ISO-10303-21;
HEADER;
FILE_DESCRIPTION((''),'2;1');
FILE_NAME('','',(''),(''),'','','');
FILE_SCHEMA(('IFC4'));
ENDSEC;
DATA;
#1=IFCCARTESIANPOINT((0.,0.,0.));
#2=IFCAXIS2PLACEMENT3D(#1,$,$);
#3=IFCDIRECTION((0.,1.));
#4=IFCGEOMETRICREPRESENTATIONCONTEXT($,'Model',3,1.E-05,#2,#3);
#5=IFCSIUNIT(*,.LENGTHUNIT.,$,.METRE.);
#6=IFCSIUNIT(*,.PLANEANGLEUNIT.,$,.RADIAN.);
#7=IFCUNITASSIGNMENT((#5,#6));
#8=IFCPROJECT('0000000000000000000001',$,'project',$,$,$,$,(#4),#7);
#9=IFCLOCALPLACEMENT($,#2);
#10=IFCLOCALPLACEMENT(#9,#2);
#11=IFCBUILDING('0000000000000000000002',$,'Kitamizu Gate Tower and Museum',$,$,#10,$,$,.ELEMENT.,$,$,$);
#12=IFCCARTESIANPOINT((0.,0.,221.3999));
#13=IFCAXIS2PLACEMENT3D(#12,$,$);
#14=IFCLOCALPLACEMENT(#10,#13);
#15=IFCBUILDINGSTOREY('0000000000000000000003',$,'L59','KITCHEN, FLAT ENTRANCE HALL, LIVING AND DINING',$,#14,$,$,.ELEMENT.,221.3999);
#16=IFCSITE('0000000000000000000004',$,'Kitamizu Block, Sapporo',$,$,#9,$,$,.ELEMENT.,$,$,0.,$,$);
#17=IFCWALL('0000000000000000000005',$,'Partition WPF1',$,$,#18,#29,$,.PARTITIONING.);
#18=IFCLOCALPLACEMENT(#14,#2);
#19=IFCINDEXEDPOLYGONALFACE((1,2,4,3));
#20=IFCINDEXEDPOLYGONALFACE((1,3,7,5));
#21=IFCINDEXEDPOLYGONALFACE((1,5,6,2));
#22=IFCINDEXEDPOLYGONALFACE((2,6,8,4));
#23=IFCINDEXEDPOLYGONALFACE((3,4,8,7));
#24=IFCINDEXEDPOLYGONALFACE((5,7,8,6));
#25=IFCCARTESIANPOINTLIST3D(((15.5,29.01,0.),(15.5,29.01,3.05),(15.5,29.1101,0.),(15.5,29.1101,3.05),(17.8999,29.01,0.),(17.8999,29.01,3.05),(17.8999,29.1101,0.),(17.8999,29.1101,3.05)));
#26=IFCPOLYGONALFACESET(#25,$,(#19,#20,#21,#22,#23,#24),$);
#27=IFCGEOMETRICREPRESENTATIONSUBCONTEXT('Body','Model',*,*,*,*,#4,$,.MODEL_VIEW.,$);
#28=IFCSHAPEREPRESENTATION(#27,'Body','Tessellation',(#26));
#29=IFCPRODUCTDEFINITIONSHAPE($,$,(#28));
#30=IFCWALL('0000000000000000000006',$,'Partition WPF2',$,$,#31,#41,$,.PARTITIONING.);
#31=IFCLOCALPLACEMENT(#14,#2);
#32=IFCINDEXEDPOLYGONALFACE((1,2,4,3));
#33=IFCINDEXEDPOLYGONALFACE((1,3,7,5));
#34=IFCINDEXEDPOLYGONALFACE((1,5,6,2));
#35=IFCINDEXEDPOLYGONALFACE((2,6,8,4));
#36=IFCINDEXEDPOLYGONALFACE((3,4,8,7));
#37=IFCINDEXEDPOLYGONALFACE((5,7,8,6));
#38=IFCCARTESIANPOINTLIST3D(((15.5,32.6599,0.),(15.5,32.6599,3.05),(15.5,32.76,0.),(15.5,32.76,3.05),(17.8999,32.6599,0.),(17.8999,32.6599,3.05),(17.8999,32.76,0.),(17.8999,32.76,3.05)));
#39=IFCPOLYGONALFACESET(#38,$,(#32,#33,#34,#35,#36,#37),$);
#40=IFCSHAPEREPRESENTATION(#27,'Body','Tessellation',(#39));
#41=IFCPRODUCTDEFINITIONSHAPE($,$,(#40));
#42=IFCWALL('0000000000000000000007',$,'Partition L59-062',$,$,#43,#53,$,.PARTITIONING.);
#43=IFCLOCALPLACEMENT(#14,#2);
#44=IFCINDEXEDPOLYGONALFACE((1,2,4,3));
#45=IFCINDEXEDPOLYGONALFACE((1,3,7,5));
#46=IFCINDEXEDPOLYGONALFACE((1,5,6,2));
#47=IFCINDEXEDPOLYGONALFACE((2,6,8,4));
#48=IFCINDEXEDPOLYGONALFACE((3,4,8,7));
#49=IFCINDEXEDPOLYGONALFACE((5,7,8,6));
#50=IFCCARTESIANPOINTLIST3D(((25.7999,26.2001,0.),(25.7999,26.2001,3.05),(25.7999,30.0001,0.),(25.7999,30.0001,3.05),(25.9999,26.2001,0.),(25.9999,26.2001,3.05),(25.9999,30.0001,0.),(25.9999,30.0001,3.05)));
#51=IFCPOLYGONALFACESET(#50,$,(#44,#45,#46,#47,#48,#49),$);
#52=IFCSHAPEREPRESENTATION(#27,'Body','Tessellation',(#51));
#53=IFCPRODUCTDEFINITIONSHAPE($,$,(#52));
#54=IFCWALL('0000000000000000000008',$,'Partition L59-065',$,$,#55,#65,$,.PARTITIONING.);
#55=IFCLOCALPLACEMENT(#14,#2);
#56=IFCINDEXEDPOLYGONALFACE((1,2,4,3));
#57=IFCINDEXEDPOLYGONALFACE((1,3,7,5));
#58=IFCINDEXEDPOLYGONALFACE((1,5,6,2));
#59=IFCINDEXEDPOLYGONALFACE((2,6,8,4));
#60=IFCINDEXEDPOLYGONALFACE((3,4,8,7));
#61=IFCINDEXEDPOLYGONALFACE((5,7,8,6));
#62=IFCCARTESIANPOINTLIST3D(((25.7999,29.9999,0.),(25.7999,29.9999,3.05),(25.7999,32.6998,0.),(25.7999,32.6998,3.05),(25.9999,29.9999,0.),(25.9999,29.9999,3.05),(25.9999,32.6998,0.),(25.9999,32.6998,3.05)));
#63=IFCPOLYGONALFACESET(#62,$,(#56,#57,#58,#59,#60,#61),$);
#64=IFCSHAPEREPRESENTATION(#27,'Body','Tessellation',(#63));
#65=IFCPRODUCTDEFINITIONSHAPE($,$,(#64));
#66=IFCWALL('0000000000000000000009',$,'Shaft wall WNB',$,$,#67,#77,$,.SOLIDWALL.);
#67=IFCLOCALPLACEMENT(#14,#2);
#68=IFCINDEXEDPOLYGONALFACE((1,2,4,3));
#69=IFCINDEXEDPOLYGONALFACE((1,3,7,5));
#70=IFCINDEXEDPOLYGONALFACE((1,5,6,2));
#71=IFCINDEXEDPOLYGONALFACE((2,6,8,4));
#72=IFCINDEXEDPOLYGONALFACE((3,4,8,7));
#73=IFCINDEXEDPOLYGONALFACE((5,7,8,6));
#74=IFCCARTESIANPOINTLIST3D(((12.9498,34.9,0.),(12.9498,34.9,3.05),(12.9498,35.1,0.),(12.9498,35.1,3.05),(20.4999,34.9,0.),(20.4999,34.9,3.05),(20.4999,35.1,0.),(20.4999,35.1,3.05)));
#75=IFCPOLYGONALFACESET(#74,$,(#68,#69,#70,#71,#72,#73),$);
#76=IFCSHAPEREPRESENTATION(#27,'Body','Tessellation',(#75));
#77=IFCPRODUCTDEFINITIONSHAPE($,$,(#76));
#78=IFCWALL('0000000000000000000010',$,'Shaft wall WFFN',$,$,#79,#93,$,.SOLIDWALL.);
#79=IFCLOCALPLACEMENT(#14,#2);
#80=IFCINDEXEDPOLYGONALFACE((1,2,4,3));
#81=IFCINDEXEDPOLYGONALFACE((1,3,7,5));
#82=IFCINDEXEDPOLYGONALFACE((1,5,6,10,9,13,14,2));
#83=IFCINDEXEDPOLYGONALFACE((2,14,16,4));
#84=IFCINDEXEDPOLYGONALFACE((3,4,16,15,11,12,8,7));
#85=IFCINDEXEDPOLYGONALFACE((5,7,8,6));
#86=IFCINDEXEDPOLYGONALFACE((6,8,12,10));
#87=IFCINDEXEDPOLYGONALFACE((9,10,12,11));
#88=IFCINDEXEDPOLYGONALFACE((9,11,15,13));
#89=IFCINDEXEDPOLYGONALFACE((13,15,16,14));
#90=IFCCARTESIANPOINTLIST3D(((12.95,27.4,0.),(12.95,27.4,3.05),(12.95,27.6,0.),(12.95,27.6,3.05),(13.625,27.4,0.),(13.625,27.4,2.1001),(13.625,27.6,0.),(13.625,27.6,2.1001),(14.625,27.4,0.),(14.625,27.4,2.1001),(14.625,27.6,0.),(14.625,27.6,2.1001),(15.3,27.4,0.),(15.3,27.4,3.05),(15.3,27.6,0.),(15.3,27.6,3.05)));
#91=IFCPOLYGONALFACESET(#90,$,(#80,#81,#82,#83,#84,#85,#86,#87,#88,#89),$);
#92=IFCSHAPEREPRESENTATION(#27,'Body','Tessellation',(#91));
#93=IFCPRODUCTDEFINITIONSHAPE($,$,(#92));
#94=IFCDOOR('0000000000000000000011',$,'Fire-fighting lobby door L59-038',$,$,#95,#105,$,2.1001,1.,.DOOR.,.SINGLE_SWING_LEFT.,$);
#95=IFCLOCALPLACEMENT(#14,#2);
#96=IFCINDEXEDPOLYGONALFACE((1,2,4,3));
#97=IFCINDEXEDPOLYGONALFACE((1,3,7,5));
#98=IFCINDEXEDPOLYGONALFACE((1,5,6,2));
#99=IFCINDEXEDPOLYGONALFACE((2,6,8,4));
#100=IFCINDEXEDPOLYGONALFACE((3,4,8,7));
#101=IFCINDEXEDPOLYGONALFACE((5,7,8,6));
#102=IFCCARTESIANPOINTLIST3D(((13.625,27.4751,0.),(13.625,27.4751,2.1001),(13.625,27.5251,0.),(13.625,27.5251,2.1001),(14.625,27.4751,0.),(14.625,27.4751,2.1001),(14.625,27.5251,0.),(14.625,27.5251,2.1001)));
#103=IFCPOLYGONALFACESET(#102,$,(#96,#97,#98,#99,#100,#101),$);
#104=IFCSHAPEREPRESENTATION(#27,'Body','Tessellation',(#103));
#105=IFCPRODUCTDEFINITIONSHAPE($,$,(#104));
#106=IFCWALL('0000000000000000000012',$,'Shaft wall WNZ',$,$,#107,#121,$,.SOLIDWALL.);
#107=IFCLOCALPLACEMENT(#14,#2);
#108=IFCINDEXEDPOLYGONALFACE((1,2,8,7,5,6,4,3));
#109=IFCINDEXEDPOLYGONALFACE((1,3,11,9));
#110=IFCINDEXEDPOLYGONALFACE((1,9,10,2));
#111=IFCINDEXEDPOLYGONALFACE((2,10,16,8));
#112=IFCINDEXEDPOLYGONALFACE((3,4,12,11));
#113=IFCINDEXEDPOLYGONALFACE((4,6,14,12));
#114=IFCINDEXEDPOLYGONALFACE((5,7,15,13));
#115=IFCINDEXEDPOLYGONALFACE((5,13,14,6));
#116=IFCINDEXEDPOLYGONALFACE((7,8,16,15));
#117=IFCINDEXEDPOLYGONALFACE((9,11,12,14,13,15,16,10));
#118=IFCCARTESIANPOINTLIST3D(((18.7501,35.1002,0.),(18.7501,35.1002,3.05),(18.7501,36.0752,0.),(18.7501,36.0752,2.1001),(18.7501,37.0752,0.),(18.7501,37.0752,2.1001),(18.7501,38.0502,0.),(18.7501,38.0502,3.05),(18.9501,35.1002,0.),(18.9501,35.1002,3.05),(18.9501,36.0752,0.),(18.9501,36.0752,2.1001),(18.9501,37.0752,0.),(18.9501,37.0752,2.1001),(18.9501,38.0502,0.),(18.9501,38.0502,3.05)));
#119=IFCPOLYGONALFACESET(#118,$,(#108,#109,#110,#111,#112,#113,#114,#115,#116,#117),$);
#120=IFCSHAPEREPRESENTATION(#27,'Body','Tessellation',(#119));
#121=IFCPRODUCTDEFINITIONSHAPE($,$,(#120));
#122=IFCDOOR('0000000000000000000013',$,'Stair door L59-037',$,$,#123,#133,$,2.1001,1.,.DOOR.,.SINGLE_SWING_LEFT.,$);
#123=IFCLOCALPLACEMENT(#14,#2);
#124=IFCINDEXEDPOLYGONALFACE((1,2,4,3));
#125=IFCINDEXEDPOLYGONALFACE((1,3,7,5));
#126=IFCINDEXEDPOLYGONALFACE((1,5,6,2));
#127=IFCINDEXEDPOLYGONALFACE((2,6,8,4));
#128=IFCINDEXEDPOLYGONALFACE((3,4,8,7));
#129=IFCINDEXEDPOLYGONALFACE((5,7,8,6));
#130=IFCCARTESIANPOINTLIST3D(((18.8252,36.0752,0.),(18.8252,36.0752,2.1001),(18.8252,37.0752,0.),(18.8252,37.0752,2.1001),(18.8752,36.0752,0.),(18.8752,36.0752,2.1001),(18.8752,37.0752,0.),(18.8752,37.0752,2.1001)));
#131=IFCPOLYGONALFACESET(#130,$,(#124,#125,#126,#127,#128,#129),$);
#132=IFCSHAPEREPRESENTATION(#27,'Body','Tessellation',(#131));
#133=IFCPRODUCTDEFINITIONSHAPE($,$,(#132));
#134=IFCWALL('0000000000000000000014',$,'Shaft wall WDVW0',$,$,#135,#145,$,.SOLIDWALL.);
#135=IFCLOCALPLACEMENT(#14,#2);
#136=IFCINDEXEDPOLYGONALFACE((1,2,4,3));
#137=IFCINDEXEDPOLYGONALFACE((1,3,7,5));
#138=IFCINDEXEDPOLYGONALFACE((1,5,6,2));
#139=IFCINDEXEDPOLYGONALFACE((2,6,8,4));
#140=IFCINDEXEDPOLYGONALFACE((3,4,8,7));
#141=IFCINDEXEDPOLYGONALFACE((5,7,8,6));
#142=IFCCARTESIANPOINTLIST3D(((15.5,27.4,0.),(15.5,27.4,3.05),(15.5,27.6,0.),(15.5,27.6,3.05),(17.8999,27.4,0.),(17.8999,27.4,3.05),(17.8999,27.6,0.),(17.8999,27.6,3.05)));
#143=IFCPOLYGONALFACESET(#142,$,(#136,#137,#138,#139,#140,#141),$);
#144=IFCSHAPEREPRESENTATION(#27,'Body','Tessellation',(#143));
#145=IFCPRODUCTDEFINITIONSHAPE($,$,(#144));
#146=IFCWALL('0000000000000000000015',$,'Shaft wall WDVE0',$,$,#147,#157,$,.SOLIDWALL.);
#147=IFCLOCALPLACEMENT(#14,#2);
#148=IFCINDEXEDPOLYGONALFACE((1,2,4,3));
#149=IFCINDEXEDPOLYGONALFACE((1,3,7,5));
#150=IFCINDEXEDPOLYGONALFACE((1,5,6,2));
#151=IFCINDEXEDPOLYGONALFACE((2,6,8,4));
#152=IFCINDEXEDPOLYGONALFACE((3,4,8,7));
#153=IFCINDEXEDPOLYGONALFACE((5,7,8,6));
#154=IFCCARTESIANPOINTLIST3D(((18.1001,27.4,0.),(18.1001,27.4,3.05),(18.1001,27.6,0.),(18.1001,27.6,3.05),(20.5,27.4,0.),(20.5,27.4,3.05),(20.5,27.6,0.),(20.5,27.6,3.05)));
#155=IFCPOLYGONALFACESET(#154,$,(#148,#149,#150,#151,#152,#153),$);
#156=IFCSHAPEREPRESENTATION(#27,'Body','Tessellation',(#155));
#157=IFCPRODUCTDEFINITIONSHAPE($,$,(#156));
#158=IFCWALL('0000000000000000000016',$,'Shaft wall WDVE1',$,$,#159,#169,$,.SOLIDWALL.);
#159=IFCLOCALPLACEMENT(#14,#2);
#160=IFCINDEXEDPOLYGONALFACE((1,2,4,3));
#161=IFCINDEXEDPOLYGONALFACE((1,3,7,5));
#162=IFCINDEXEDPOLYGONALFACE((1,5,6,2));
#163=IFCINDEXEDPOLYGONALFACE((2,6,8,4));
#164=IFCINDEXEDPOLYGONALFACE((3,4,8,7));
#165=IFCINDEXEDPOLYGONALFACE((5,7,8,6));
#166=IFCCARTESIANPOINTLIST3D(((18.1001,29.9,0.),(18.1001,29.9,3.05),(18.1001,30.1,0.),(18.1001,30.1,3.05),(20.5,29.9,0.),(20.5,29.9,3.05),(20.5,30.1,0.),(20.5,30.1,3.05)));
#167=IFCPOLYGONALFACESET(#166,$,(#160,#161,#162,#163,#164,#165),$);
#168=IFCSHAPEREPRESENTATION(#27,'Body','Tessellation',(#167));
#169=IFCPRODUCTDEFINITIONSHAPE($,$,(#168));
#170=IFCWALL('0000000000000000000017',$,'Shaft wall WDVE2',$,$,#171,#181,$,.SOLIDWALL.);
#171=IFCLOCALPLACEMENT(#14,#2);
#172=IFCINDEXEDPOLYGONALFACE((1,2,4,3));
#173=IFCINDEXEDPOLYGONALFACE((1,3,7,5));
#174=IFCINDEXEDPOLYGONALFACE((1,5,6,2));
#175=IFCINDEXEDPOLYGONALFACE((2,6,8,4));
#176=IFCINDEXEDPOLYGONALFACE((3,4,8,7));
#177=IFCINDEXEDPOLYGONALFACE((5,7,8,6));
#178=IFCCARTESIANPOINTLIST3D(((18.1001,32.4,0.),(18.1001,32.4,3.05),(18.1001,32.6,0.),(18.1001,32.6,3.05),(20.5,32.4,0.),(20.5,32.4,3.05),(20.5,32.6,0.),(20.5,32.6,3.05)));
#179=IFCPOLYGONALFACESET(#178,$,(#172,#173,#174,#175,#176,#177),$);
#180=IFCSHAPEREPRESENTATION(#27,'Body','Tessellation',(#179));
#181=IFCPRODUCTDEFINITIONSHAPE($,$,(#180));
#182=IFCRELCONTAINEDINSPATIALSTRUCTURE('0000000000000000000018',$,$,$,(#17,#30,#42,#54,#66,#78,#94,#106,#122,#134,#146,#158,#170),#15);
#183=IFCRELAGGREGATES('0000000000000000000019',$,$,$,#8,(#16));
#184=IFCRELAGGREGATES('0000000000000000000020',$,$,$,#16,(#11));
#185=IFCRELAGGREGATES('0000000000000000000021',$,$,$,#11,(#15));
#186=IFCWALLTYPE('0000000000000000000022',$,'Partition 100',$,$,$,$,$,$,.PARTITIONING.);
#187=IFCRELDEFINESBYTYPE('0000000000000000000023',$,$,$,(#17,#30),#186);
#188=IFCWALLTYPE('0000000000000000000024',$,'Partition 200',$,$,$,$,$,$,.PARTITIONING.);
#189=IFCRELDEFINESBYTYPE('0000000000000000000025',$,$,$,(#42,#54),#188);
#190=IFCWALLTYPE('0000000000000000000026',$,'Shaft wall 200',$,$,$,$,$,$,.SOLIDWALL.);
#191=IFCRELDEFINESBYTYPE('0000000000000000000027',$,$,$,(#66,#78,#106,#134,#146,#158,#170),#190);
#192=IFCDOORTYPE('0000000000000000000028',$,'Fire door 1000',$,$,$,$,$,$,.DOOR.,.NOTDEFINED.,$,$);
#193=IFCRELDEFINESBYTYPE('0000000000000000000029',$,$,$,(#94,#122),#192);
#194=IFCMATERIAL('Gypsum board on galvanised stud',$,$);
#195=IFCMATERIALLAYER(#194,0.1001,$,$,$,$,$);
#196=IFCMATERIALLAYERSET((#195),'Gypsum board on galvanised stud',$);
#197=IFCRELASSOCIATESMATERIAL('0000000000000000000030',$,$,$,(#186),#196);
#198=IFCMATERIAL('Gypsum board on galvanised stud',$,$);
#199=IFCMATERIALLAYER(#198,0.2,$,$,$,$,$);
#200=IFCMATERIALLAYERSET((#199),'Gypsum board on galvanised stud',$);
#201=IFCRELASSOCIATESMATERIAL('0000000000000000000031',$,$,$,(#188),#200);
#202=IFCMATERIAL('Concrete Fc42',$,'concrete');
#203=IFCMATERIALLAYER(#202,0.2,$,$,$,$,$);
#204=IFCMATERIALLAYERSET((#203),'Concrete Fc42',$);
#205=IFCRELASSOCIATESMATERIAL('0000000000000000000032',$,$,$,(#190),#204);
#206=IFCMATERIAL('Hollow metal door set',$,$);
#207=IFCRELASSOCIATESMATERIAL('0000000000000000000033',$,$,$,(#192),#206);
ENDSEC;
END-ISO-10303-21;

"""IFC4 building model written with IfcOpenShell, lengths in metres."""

from ifc_helpers import new_model, si_unit, direction, frame, frame_2d, origin, place, context, subcontext, project, spatial, rectangle, extrude, material, layer, layer_set, type_object, element, fill, save


model = new_model("IFC4")

# Units and contexts
model_context = context("Model", 3, precision=1e-05, world=origin(), true_north=direction((0.0, 1.0)))
body_context = subcontext(model_context, "Body", "Model", "MODEL_VIEW")
ifc_project = project(units=[si_unit("LENGTHUNIT", "METRE"), si_unit("PLANEANGLEUNIT", "RADIAN")], contexts=[model_context])

# Site, building, storey
site_placement = place(None, origin())
site = spatial("IfcSite", under=ifc_project, at=site_placement, Name="Kitamizu Block, Sapporo", CompositionType="ELEMENT", RefElevation=0.0)
building_placement = place(site_placement, origin())
building = spatial("IfcBuilding", under=site, at=building_placement, Name="Kitamizu Gate Tower and Museum", CompositionType="ELEMENT")
storey_placement = place(building_placement, frame((0.0, 0.0, 221.3999)))
storey = spatial("IfcBuildingStorey", under=building, at=storey_placement, Name="L59", Description="KITCHEN, FLAT ENTRANCE HALL, LIVING AND DINING", CompositionType="ELEMENT", Elevation=221.3999)

# Walls
ifc_material_1 = material(Name="Gypsum board on galvanised stud")
ifc_layer_1 = layer(ifc_material_1, 0.1001)
ifc_layer_set_1 = layer_set([ifc_layer_1], Name="Gypsum board on galvanised stud")
wall_type_1 = type_object("IfcWallType", Name="Partition 100", PredefinedType="PARTITIONING", material=ifc_layer_set_1)
for number, where, z_axis, x_axis, name in (
    (1, (15.5, 29.0601, 0.0), (0.0, 0.0, 1.0), (1.0, 0.0, 0.0), "Partition WPF1"),
    (2, (15.5, 32.71, 0.0), (0.0, 0.0, 1.0), (1.0, 0.0, 0.0), "Partition WPF2"),
):
    element("IfcWall", number, at=place(storey_placement, frame(where, z_axis=z_axis, x_axis=x_axis)), inside=storey, type_object=wall_type_1, Name=name, PredefinedType="PARTITIONING", context=body_context, shape_type="SweptSolid", body=[
        extrude(rectangle(XDim=2.3999, YDim=0.1001, at=frame_2d((1.2, 0.0))), origin(), (0.0, 0.0, 1.0), 3.05),
    ])
ifc_material_2 = material(Name="Gypsum board on galvanised stud")
ifc_layer_2 = layer(ifc_material_2, 0.2)
ifc_layer_set_2 = layer_set([ifc_layer_2], Name="Gypsum board on galvanised stud")
wall_type_2 = type_object("IfcWallType", Name="Partition 200", PredefinedType="PARTITIONING", material=ifc_layer_set_2)
wall_1_placement = place(storey_placement, frame((25.8999, 30.0, 0.0), z_axis=(0.0, 0.0, 1.0), x_axis=(0.0, -1.0, 0.0)))
element("IfcWall", 3, at=wall_1_placement, inside=storey, type_object=wall_type_2, Name="Partition L59-062", PredefinedType="PARTITIONING", context=body_context, shape_type="SweptSolid", body=[
    extrude(rectangle(XDim=3.8, YDim=0.2, at=frame_2d((1.8999, 0.0))), origin(), (0.0, 0.0, 1.0), 3.05),
])
wall_2_placement = place(storey_placement, frame((25.8999, 32.7, 0.0), z_axis=(0.0, 0.0, 1.0), x_axis=(0.0, -1.0, 0.0)))
element("IfcWall", 4, at=wall_2_placement, inside=storey, type_object=wall_type_2, Name="Partition L59-065", PredefinedType="PARTITIONING", context=body_context, shape_type="SweptSolid", body=[
    extrude(rectangle(XDim=2.7, YDim=0.2, at=frame_2d((1.3501, 0.0))), origin(), (0.0, 0.0, 1.0), 3.05),
])
ifc_material_3 = material(Name="Concrete Fc42", Category="concrete")
ifc_layer_3 = layer(ifc_material_3, 0.2)
ifc_layer_set_3 = layer_set([ifc_layer_3], Name="Concrete Fc42")
wall_type_3 = type_object("IfcWallType", Name="Shaft wall 200", PredefinedType="SOLIDWALL", material=ifc_layer_set_3)
wall_3_placement = place(storey_placement, frame((12.95, 35.0, 0.0), z_axis=(0.0, 0.0, 1.0), x_axis=(1.0, 0.0, 0.0)))
element("IfcWall", 5, at=wall_3_placement, inside=storey, type_object=wall_type_3, Name="Shaft wall WNB", PredefinedType="SOLIDWALL", context=body_context, shape_type="SweptSolid", body=[
    extrude(rectangle(XDim=7.55, YDim=0.2, at=frame_2d((3.7749, 0.0))), origin(), (0.0, 0.0, 1.0), 3.05),
])

# Walls, openings, doors
wall_4_placement = place(storey_placement, frame((12.95, 27.5, 0.0), z_axis=(0.0, 0.0, 1.0), x_axis=(1.0, 0.0, 0.0)))
wall_4 = element("IfcWall", 6, at=wall_4_placement, inside=storey, type_object=wall_type_3, Name="Shaft wall WFFN", PredefinedType="SOLIDWALL", context=body_context, shape_type="SweptSolid", body=[
    extrude(rectangle(XDim=2.3501, YDim=0.2, at=frame_2d((1.175, 0.0))), origin(), (0.0, 0.0, 1.0), 3.05),
])
opening_1_placement = place(wall_4_placement, frame((0.675, 0.0, 0.0)))
opening_1 = element("IfcOpeningElement", 7, at=opening_1_placement, cuts=wall_4, PredefinedType="OPENING", context=body_context, shape_type="SweptSolid", body=[
    extrude(rectangle(XDim=1.0, YDim=2.1001, at=frame_2d((0.5, 1.05))), frame((0.0, 0.1099, 0.0), z_axis=(0.0, -1.0, 0.0), x_axis=(1.0, 0.0, 0.0)), (0.0, 0.0, 1.0), 0.22),
])
ifc_material_4 = material(Name="Hollow metal door set")
door_type = type_object("IfcDoorType", Name="Fire door 1000", OperationType="NOTDEFINED", PredefinedType="DOOR", material=ifc_material_4)
door_1_placement = place(opening_1_placement, frame((1.0, 0.0, 0.0), x_axis=(-1.0, 0.0, 0.0)))
door_1 = element("IfcDoor", 8, at=door_1_placement, inside=storey, type_object=door_type, Name="Fire-fighting lobby door L59-038", OperationType="SINGLE_SWING_LEFT", OverallHeight=2.1001, OverallWidth=1.0, PredefinedType="DOOR", context=body_context, shape_type="SweptSolid", body=[
    extrude(rectangle(XDim=1.0, YDim=2.1001, at=frame_2d((0.5, 1.05))), frame((0.0, 0.0249, 0.0), z_axis=(0.0, -1.0, 0.0), x_axis=(1.0, 0.0, 0.0)), (0.0, 0.0, 1.0), 0.05),
])
fill(opening_1, door_1)
wall_5_placement = place(storey_placement, frame((18.8501, 35.1001, 0.0), z_axis=(0.0, 0.0, 1.0), x_axis=(0.0, 1.0, 0.0)))
wall_5 = element("IfcWall", 9, at=wall_5_placement, inside=storey, type_object=wall_type_3, Name="Shaft wall WNZ", PredefinedType="SOLIDWALL", context=body_context, shape_type="SweptSolid", body=[
    extrude(rectangle(XDim=2.95, YDim=0.2, at=frame_2d((1.4751, 0.0))), origin(), (0.0, 0.0, 1.0), 3.05),
])
opening_2_placement = place(wall_5_placement, frame((0.9751, 0.0, 0.0)))
opening_2 = element("IfcOpeningElement", 10, at=opening_2_placement, cuts=wall_5, PredefinedType="OPENING", context=body_context, shape_type="SweptSolid", body=[
    extrude(rectangle(XDim=1.0, YDim=2.1001, at=frame_2d((0.5, 1.05))), frame((0.0, 0.1099, 0.0), z_axis=(0.0, -1.0, 0.0), x_axis=(1.0, 0.0, 0.0)), (0.0, 0.0, 1.0), 0.22),
])
door_2_placement = place(opening_2_placement, origin())
door_2 = element("IfcDoor", 11, at=door_2_placement, inside=storey, type_object=door_type, Name="Stair door L59-037", OperationType="SINGLE_SWING_LEFT", OverallHeight=2.1001, OverallWidth=1.0, PredefinedType="DOOR", context=body_context, shape_type="SweptSolid", body=[
    extrude(rectangle(XDim=1.0, YDim=2.1001, at=frame_2d((0.5, 1.05))), frame((0.0, 0.0249, 0.0), z_axis=(0.0, -1.0, 0.0), x_axis=(1.0, 0.0, 0.0)), (0.0, 0.0, 1.0), 0.05),
])
fill(opening_2, door_2)

# Walls
for number, where, z_axis, x_axis, name in (
    (12, (15.5, 27.5, 0.0), (0.0, 0.0, 1.0), (1.0, 0.0, 0.0), "Shaft wall WDVW0"),
    (13, (18.1001, 27.5, 0.0), (0.0, 0.0, 1.0), (1.0, 0.0, 0.0), "Shaft wall WDVE0"),
    (14, (18.1001, 30.0, 0.0), (0.0, 0.0, 1.0), (1.0, 0.0, 0.0), "Shaft wall WDVE1"),
    (15, (18.1001, 32.5, 0.0), (0.0, 0.0, 1.0), (1.0, 0.0, 0.0), "Shaft wall WDVE2"),
):
    element("IfcWall", number, at=place(storey_placement, frame(where, z_axis=z_axis, x_axis=x_axis)), inside=storey, type_object=wall_type_3, Name=name, PredefinedType="SOLIDWALL", context=body_context, shape_type="SweptSolid", body=[
        extrude(rectangle(XDim=2.3999, YDim=0.2, at=frame_2d((1.2, 0.0))), origin(), (0.0, 0.0, 1.0), 3.05),
    ])

save(model, "model.ifc")
